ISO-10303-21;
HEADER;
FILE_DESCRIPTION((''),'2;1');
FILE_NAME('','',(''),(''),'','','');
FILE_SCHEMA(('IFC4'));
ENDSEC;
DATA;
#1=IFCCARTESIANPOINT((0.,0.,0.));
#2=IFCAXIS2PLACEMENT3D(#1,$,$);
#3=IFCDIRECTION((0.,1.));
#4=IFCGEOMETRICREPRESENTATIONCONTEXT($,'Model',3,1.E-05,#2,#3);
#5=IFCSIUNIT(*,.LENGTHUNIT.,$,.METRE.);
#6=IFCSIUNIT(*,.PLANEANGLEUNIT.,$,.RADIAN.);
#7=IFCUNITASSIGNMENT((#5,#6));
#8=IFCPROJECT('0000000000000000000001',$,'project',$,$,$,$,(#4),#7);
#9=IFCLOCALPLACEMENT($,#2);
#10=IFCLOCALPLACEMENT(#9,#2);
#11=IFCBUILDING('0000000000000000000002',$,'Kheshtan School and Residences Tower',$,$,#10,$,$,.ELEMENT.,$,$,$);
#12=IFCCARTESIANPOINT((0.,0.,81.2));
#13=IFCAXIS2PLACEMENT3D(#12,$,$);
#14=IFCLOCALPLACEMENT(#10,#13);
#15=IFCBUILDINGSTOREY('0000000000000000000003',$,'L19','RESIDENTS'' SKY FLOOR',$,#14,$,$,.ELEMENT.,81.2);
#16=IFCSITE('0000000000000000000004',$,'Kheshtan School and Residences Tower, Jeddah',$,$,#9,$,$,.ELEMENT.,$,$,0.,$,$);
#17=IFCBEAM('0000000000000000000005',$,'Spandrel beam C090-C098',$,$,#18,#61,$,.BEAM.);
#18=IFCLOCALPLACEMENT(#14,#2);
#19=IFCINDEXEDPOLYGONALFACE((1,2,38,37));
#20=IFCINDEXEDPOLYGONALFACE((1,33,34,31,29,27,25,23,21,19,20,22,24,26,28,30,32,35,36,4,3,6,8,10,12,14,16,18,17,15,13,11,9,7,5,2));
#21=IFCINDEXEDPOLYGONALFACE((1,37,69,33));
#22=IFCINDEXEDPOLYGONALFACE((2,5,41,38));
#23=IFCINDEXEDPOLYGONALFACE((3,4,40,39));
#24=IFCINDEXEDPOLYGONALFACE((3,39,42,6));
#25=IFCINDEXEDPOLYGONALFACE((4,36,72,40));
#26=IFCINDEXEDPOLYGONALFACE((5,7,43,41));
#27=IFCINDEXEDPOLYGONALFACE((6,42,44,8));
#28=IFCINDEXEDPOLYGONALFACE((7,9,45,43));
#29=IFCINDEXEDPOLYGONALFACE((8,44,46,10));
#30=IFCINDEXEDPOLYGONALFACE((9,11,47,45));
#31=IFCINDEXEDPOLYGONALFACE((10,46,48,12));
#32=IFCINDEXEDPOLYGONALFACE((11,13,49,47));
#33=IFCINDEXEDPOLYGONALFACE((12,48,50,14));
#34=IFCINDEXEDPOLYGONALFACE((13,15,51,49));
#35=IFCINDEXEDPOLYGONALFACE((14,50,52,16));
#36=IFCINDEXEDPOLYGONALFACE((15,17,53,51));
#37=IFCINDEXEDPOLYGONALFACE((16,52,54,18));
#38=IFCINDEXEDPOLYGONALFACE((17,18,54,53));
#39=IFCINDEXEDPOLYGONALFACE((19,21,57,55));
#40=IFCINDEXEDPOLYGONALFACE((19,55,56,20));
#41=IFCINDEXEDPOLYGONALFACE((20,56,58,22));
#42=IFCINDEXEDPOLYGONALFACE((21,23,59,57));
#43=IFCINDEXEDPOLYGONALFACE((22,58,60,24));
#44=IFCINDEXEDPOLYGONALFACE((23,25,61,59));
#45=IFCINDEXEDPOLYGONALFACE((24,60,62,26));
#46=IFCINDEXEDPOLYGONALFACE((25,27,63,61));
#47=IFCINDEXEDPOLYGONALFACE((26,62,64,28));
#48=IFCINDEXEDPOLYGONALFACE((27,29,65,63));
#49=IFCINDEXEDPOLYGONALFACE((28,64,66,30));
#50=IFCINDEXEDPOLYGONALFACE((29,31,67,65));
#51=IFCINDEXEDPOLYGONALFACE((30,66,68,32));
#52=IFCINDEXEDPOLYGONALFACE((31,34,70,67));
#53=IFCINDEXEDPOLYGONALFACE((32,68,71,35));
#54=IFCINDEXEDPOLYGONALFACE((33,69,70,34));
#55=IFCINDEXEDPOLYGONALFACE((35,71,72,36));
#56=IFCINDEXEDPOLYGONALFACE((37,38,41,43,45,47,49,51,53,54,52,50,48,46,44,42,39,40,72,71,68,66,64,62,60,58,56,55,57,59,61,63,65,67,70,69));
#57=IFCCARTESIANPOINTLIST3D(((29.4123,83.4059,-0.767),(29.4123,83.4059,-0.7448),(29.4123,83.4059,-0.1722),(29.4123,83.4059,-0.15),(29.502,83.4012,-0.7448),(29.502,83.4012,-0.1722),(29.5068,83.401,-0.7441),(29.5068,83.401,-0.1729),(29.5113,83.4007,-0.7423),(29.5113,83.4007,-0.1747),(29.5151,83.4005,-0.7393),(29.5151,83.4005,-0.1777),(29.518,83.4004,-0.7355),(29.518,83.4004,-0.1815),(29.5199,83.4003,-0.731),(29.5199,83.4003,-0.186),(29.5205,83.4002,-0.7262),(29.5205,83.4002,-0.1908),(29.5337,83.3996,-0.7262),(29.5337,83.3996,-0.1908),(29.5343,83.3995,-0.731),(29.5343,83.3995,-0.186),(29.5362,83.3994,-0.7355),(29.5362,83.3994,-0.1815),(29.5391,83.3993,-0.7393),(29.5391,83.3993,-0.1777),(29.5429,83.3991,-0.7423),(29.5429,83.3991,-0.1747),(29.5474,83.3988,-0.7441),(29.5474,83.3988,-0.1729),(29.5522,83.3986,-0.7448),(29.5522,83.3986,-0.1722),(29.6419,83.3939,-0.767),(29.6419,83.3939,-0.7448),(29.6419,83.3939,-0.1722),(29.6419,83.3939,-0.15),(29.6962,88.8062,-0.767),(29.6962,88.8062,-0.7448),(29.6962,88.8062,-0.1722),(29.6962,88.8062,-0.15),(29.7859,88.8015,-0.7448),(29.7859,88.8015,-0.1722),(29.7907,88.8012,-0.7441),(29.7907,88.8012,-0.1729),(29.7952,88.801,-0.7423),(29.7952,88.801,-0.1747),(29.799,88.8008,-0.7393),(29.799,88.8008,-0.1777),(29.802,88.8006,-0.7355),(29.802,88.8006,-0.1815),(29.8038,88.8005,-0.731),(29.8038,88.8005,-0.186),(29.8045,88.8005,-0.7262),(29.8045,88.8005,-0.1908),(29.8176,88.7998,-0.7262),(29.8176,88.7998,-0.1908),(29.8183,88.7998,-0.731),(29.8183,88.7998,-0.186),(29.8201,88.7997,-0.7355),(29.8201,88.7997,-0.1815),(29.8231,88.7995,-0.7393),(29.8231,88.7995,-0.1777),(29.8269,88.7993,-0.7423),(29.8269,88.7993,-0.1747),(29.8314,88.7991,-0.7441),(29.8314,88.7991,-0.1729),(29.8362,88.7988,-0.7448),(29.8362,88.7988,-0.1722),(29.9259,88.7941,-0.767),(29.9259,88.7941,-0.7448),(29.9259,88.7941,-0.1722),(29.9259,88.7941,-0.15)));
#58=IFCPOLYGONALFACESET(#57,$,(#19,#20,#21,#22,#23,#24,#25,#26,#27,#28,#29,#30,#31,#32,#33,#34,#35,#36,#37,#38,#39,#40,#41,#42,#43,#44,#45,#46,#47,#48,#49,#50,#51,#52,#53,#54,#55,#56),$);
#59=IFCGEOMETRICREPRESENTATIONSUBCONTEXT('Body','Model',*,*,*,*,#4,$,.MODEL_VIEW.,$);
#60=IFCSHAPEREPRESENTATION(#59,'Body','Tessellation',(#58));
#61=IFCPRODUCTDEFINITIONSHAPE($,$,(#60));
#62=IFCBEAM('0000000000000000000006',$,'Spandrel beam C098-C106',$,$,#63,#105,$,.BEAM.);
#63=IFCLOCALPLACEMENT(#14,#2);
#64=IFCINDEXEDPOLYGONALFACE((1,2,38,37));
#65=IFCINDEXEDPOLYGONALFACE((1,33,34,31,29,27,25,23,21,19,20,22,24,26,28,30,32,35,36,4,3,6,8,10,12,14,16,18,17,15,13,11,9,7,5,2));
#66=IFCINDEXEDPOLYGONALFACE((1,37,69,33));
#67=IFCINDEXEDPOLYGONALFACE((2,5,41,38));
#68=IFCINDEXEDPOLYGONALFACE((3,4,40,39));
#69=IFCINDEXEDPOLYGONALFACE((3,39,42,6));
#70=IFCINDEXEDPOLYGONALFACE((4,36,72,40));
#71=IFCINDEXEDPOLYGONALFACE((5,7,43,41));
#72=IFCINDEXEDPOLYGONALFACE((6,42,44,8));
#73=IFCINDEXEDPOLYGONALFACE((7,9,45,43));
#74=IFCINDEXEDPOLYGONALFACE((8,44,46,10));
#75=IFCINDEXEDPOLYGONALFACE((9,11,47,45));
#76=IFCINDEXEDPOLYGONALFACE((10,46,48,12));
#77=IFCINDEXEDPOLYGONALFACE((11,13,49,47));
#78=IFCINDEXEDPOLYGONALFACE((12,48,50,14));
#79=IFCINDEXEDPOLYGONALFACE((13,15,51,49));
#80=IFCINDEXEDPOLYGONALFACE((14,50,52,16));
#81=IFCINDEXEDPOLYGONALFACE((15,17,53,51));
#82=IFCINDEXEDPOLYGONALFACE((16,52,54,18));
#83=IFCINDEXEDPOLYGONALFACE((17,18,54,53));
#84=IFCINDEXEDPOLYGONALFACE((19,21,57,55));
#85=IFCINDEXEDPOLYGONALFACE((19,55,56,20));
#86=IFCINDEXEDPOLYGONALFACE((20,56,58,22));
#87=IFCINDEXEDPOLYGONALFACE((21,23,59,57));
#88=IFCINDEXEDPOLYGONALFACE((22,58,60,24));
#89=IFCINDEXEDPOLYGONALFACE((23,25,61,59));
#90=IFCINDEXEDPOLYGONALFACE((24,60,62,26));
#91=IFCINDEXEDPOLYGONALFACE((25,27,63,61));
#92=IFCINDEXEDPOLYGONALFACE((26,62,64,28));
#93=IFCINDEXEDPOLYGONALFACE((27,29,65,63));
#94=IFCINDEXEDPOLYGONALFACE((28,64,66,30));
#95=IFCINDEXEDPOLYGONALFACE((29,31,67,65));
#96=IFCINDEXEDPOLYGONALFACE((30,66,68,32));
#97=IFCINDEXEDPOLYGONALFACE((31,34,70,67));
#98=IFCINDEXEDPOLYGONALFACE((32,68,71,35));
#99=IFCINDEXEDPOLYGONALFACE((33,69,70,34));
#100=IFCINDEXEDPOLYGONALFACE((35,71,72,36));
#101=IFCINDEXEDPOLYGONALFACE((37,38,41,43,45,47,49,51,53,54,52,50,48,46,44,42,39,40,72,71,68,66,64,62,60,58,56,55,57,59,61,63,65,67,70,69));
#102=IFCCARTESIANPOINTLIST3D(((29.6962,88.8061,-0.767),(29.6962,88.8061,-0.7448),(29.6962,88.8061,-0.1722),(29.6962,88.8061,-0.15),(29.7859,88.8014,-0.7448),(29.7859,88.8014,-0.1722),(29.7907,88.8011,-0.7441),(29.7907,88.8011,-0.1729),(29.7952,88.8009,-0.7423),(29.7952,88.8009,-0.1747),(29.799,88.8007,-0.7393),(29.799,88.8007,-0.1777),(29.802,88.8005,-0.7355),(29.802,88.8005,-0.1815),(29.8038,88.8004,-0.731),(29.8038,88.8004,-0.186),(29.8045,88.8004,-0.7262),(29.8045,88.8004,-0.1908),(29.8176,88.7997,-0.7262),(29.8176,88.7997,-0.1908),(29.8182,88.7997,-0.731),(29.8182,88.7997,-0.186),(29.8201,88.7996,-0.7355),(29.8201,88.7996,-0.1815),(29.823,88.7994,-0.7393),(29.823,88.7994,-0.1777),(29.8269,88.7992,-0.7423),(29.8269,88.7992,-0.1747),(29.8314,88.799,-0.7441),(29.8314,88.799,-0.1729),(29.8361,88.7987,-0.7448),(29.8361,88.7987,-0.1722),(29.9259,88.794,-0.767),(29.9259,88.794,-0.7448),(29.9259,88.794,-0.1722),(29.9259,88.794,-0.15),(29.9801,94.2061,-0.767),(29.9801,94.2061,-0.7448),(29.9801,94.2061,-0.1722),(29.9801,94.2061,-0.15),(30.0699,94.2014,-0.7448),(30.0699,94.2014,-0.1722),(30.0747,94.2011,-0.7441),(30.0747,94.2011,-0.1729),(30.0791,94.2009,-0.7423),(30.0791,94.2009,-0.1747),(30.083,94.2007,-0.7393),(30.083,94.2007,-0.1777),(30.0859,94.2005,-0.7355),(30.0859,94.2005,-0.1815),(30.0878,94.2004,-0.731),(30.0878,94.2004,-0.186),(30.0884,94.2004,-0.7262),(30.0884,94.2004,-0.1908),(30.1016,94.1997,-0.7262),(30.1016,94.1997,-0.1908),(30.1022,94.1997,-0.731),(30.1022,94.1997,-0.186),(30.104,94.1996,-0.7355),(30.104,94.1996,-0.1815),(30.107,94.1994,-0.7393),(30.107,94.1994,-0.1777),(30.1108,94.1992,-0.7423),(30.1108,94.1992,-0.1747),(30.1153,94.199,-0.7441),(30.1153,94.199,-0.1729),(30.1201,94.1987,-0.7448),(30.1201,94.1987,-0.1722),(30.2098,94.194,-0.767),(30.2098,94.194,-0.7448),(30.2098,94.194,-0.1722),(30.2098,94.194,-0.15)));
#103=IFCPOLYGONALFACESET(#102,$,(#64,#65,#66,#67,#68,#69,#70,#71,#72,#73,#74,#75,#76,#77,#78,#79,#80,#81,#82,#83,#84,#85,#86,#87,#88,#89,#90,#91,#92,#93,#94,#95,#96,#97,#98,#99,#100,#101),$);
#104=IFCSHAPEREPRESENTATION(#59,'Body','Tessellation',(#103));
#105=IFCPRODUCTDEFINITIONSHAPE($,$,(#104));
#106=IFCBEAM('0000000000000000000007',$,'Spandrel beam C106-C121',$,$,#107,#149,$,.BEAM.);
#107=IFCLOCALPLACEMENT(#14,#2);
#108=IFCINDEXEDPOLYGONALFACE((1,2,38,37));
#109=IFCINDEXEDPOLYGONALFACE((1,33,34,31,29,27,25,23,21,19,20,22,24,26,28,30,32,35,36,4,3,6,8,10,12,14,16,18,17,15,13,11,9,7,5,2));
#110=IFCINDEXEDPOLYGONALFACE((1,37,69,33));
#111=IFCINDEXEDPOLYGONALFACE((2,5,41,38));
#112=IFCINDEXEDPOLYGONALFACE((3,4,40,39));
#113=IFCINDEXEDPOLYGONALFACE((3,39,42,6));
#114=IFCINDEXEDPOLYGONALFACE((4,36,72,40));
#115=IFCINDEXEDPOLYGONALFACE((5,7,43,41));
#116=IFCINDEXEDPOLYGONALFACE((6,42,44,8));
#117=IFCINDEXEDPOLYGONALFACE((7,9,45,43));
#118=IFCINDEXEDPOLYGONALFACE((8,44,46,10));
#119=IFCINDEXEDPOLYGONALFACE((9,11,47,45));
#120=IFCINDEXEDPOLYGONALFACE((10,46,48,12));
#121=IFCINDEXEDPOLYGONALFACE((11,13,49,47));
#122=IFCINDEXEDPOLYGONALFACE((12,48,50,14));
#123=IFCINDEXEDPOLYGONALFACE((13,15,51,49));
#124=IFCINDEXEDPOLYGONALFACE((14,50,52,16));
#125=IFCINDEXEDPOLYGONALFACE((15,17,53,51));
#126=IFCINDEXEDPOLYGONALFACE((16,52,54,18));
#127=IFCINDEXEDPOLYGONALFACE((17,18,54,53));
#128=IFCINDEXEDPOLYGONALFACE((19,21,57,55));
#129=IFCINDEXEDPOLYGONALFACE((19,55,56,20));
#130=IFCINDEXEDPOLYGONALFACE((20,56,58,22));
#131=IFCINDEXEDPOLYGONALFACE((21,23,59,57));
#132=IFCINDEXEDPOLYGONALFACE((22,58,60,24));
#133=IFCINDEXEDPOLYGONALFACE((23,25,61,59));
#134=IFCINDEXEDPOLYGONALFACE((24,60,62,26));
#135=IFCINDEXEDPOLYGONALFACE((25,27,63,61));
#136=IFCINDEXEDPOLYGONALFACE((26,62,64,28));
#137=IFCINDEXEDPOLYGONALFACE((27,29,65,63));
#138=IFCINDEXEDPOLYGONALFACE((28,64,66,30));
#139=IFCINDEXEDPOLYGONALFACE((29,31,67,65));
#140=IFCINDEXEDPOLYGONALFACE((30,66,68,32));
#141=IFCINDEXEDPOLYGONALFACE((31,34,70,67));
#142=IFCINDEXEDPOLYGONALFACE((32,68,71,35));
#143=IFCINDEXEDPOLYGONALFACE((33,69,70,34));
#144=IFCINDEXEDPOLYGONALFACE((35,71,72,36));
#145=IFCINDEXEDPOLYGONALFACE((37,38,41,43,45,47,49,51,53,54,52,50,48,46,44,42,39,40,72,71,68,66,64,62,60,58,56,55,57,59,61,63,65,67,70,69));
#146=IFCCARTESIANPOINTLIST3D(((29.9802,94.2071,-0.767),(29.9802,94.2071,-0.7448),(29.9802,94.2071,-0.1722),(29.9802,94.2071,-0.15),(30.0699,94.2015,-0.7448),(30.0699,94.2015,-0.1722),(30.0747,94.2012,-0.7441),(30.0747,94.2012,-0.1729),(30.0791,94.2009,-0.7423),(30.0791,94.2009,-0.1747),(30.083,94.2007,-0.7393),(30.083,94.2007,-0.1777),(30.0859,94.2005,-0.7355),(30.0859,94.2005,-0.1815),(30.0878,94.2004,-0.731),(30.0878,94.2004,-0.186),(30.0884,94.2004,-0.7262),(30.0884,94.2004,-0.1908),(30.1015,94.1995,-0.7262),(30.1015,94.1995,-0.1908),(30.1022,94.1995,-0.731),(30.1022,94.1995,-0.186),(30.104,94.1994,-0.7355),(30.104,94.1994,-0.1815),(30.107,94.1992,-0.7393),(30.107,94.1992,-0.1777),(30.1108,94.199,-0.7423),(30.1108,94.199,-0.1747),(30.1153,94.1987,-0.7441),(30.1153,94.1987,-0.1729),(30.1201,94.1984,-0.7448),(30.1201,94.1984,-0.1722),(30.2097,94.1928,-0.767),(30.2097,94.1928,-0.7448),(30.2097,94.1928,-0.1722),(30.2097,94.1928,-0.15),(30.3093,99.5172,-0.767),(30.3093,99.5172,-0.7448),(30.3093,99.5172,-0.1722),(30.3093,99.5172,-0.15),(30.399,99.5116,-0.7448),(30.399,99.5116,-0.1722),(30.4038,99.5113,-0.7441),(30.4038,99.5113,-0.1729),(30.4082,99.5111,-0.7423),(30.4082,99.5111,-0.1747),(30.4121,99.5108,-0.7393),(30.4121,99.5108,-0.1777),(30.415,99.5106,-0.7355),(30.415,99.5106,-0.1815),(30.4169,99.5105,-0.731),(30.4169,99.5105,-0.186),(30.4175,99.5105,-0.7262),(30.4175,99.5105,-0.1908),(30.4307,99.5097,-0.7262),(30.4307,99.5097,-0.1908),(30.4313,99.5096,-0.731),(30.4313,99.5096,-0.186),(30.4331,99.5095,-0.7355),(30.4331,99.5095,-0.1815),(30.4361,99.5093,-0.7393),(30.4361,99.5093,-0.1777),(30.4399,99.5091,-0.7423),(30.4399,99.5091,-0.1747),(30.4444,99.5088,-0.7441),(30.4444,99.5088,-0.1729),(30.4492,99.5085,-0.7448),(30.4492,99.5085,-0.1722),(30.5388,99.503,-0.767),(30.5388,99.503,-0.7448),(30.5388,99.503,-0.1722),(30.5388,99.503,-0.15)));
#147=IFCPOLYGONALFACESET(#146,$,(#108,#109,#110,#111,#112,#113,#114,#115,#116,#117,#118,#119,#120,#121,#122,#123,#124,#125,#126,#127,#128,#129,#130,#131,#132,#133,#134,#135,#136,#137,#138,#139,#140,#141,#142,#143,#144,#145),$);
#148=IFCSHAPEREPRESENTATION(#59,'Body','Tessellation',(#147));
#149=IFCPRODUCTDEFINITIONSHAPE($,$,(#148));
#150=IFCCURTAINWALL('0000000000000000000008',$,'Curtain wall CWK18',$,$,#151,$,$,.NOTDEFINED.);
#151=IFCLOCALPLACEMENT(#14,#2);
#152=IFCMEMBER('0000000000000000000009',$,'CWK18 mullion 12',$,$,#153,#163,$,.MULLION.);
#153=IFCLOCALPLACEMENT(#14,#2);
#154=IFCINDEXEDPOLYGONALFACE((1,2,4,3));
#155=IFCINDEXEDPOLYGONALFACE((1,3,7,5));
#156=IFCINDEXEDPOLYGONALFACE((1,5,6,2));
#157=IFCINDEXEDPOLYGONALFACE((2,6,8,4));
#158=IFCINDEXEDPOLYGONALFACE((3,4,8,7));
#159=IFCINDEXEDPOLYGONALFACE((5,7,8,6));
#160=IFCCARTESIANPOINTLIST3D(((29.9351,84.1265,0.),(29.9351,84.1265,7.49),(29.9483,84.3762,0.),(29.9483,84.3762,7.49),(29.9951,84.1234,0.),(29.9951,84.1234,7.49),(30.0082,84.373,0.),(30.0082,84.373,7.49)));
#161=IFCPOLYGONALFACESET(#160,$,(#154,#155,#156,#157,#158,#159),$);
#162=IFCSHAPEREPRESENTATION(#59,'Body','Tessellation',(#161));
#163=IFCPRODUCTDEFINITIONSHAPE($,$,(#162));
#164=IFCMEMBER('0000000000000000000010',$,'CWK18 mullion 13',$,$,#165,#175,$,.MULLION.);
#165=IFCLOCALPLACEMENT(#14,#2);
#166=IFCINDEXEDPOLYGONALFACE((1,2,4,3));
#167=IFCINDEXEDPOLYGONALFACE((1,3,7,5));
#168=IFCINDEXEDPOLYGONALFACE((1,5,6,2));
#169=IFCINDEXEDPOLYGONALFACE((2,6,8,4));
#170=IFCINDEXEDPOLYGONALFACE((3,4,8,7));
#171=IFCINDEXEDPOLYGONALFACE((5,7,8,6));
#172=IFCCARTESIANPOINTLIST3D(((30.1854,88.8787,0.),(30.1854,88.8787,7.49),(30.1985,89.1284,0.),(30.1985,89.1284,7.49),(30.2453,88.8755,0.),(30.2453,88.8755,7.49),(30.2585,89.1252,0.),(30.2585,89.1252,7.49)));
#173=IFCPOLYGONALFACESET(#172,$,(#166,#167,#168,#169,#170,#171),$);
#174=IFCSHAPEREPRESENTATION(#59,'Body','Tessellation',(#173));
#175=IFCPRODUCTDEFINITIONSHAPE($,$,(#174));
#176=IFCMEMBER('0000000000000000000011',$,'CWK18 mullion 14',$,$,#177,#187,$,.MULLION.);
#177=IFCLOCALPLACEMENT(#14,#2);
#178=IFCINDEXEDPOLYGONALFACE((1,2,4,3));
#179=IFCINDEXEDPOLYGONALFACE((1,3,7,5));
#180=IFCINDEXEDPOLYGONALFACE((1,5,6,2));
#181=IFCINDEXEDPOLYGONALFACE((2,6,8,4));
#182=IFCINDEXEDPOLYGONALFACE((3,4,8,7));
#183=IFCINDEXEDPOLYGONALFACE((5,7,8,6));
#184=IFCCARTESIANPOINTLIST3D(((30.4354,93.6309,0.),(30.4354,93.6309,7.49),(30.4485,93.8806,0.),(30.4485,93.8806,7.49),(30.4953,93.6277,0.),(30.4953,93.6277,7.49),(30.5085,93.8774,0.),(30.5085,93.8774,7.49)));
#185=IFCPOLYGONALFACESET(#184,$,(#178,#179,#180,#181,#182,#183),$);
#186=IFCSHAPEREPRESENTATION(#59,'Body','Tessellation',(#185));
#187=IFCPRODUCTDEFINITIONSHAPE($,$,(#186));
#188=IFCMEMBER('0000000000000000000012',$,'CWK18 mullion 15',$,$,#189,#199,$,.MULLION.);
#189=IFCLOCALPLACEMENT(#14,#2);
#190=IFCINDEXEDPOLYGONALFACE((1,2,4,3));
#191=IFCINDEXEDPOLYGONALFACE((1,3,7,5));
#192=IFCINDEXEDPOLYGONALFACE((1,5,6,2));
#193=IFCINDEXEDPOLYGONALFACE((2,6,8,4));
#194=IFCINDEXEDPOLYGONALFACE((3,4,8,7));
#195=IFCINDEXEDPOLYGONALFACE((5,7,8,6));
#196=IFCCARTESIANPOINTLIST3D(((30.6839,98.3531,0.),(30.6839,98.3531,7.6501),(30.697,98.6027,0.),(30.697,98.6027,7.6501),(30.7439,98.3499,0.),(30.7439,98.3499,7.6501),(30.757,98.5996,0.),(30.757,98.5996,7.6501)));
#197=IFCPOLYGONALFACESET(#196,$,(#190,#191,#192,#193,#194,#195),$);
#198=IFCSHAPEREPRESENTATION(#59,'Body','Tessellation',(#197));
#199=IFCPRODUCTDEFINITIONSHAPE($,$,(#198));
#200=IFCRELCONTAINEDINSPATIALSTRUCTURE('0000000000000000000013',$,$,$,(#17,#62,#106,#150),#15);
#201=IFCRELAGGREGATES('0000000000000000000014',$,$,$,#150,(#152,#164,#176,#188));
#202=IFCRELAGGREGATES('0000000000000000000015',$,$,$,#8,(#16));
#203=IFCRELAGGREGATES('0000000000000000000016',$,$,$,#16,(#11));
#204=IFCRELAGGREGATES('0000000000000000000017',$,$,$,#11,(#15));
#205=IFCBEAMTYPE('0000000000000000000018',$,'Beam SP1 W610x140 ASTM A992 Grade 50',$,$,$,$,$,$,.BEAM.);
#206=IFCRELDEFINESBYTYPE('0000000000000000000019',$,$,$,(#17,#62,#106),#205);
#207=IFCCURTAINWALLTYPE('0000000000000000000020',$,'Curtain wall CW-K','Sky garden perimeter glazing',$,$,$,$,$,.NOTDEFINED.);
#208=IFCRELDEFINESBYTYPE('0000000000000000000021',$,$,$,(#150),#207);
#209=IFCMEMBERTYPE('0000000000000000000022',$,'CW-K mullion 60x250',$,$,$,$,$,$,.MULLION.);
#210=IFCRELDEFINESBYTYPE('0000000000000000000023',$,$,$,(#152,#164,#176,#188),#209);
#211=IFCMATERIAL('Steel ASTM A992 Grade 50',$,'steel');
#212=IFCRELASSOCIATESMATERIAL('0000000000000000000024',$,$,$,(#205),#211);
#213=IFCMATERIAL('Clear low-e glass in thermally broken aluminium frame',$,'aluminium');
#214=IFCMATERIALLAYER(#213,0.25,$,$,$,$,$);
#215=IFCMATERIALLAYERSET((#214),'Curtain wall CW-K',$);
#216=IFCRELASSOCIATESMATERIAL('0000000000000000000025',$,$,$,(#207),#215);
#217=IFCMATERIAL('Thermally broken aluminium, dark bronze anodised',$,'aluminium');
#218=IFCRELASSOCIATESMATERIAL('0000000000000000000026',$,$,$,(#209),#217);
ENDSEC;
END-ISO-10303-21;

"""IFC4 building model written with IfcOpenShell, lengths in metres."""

from ifc_helpers import new_model, si_unit, direction, frame, origin, origin_2d, place, context, subcontext, project, spatial, rectangle, i_section, extrude, material, layer, layer_set, material_profile, profile_set, type_object, element, aggregate, save


model = new_model("IFC4")

# Units and contexts
model_context = context("Model", 3, precision=1e-05, world=origin(), true_north=direction((0.0, 1.0)))
body_context = subcontext(model_context, "Body", "Model", "MODEL_VIEW")
ifc_project = project(units=[si_unit("LENGTHUNIT", "METRE"), si_unit("PLANEANGLEUNIT", "RADIAN")], contexts=[model_context])

# Site, building, storey
site_placement = place(None, origin())
site = spatial("IfcSite", under=ifc_project, at=site_placement, Name="Kheshtan School and Residences Tower, Jeddah", CompositionType="ELEMENT", RefElevation=0.0)
building_placement = place(site_placement, origin())
building = spatial("IfcBuilding", under=site, at=building_placement, Name="Kheshtan School and Residences Tower", CompositionType="ELEMENT")
storey_placement = place(building_placement, frame((0.0, 0.0, 81.2)))
storey = spatial("IfcBuildingStorey", under=building, at=storey_placement, Name="L19", Description="RESIDENTS' SKY FLOOR", CompositionType="ELEMENT", Elevation=81.2)

# Shared definitions
ifc_material_1 = material(Name="Steel ASTM A992 Grade 50", Category="steel")

# Beams
ifc_material_profile_1 = material_profile(ifc_material_1, i_section(OverallWidth=0.23, OverallDepth=0.6169, WebThickness=0.0132, FlangeThickness=0.0222, FilletRadius=0.0186, at=origin_2d()), Name="W610x140")
ifc_profile_set_1 = profile_set([ifc_material_profile_1], Name="Steel ASTM A992 Grade 50")
beam_type_1 = type_object("IfcBeamType", Name="Beam SP1 W610x140 ASTM A992 Grade 50", PredefinedType="BEAM", material=ifc_profile_set_1)
beam_1_placement = place(storey_placement, frame((29.5271, 83.3999, -0.4585), z_axis=(0.052507, 0.998621, 0.0), x_axis=(-0.998621, 0.052507, 0.0)))
element("IfcBeam", 1, at=beam_1_placement, inside=storey, type_object=beam_type_1, Name="Spandrel beam C090-C098", PredefinedType="BEAM", context=body_context, shape_type="SweptSolid", body=[
    extrude(i_section(OverallWidth=0.23, OverallDepth=0.6169, WebThickness=0.0132, FlangeThickness=0.0222, FilletRadius=0.0186, at=origin_2d()), origin(), (0.0, 0.0, 1.0), 5.4077),
])
beam_2_placement = place(storey_placement, frame((29.811, 88.8, -0.4585), z_axis=(0.052509, 0.99862, 0.0), x_axis=(-0.99862, 0.052509, 0.0)))
element("IfcBeam", 2, at=beam_2_placement, inside=storey, type_object=beam_type_1, Name="Spandrel beam C098-C106", PredefinedType="BEAM", context=body_context, shape_type="SweptSolid", body=[
    extrude(i_section(OverallWidth=0.23, OverallDepth=0.6169, WebThickness=0.0132, FlangeThickness=0.0222, FilletRadius=0.0186, at=origin_2d()), origin(), (0.0, 0.0, 1.0), 5.4075),
])
beam_3_placement = place(storey_placement, frame((30.095, 94.2, -0.4585), z_axis=(0.061858, 0.998085, 0.0), x_axis=(-0.998085, 0.061858, 0.0)))
element("IfcBeam", 3, at=beam_3_placement, inside=storey, type_object=beam_type_1, Name="Spandrel beam C106-C121", PredefinedType="BEAM", context=body_context, shape_type="SweptSolid", body=[
    extrude(i_section(OverallWidth=0.23, OverallDepth=0.6169, WebThickness=0.0132, FlangeThickness=0.0222, FilletRadius=0.0186, at=origin_2d()), origin(), (0.0, 0.0, 1.0), 5.3203),
])

# Curtain wall, members
ifc_material_2 = material(Name="Clear low-e glass in thermally broken aluminium frame", Category="aluminium")
ifc_layer_1 = layer(ifc_material_2, 0.25)
ifc_layer_set_1 = layer_set([ifc_layer_1], Name="Curtain wall CW-K")
curtain_wall_type = type_object("IfcCurtainWallType", Name="Curtain wall CW-K", Description="Sky garden perimeter glazing", PredefinedType="NOTDEFINED", material=ifc_layer_set_1)
curtain_wall_1_placement = place(storey_placement, origin())
curtain_wall_1 = element("IfcCurtainWall", 4, at=curtain_wall_1_placement, inside=storey, type_object=curtain_wall_type, Name="Curtain wall CWK18", PredefinedType="NOTDEFINED")
ifc_material_3 = material(Name="Thermally broken aluminium, dark bronze anodised", Category="aluminium")
ifc_material_profile_2 = material_profile(ifc_material_3, rectangle(XDim=0.0601, YDim=0.25, at=origin_2d()), Name="CW-K mullion 60x250")
ifc_profile_set_2 = profile_set([ifc_material_profile_2], Name="Thermally broken aluminium, dark bronze anodised")
member_type_1 = type_object("IfcMemberType", Name="CW-K mullion 60x250", PredefinedType="MULLION", material=ifc_profile_set_2)
member_1_placement = place(storey_placement, frame((29.9717, 84.2498, 0.0), z_axis=(0.0, 0.0, 1.0), x_axis=(-0.998617, 0.052565, 0.0)))
member_1 = element("IfcMember", 5, at=member_1_placement, type_object=member_type_1, Name="CWK18 mullion 12", PredefinedType="MULLION", context=body_context, shape_type="SweptSolid", body=[
    extrude(rectangle(XDim=0.0601, YDim=0.25, at=origin_2d()), origin(), (0.0, 0.0, 1.0), 7.49),
])
member_2_placement = place(storey_placement, frame((30.2219, 89.002, 0.0), z_axis=(0.0, 0.0, 1.0), x_axis=(-0.998617, 0.052565, 0.0)))
member_2 = element("IfcMember", 6, at=member_2_placement, type_object=member_type_1, Name="CWK18 mullion 13", PredefinedType="MULLION", context=body_context, shape_type="SweptSolid", body=[
    extrude(rectangle(XDim=0.0601, YDim=0.25, at=origin_2d()), origin(), (0.0, 0.0, 1.0), 7.49),
])
member_3_placement = place(storey_placement, frame((30.4719, 93.7542, 0.0), z_axis=(0.0, 0.0, 1.0), x_axis=(-0.998617, 0.052565, 0.0)))
member_3 = element("IfcMember", 7, at=member_3_placement, type_object=member_type_1, Name="CWK18 mullion 14", PredefinedType="MULLION", context=body_context, shape_type="SweptSolid", body=[
    extrude(rectangle(XDim=0.0601, YDim=0.25, at=origin_2d()), origin(), (0.0, 0.0, 1.0), 7.49),
])
member_4_placement = place(storey_placement, frame((30.7205, 98.4763, 0.0), z_axis=(0.0, 0.0, 1.0), x_axis=(-0.998617, 0.052565, 0.0)))
member_4 = element("IfcMember", 8, at=member_4_placement, type_object=member_type_1, Name="CWK18 mullion 15", PredefinedType="MULLION", context=body_context, shape_type="SweptSolid", body=[
    extrude(rectangle(XDim=0.0601, YDim=0.25, at=origin_2d()), origin(), (0.0, 0.0, 1.0), 7.6501),
])

aggregate(curtain_wall_1, [member_1, member_2, member_3, member_4])

save(model, "model.ifc")
